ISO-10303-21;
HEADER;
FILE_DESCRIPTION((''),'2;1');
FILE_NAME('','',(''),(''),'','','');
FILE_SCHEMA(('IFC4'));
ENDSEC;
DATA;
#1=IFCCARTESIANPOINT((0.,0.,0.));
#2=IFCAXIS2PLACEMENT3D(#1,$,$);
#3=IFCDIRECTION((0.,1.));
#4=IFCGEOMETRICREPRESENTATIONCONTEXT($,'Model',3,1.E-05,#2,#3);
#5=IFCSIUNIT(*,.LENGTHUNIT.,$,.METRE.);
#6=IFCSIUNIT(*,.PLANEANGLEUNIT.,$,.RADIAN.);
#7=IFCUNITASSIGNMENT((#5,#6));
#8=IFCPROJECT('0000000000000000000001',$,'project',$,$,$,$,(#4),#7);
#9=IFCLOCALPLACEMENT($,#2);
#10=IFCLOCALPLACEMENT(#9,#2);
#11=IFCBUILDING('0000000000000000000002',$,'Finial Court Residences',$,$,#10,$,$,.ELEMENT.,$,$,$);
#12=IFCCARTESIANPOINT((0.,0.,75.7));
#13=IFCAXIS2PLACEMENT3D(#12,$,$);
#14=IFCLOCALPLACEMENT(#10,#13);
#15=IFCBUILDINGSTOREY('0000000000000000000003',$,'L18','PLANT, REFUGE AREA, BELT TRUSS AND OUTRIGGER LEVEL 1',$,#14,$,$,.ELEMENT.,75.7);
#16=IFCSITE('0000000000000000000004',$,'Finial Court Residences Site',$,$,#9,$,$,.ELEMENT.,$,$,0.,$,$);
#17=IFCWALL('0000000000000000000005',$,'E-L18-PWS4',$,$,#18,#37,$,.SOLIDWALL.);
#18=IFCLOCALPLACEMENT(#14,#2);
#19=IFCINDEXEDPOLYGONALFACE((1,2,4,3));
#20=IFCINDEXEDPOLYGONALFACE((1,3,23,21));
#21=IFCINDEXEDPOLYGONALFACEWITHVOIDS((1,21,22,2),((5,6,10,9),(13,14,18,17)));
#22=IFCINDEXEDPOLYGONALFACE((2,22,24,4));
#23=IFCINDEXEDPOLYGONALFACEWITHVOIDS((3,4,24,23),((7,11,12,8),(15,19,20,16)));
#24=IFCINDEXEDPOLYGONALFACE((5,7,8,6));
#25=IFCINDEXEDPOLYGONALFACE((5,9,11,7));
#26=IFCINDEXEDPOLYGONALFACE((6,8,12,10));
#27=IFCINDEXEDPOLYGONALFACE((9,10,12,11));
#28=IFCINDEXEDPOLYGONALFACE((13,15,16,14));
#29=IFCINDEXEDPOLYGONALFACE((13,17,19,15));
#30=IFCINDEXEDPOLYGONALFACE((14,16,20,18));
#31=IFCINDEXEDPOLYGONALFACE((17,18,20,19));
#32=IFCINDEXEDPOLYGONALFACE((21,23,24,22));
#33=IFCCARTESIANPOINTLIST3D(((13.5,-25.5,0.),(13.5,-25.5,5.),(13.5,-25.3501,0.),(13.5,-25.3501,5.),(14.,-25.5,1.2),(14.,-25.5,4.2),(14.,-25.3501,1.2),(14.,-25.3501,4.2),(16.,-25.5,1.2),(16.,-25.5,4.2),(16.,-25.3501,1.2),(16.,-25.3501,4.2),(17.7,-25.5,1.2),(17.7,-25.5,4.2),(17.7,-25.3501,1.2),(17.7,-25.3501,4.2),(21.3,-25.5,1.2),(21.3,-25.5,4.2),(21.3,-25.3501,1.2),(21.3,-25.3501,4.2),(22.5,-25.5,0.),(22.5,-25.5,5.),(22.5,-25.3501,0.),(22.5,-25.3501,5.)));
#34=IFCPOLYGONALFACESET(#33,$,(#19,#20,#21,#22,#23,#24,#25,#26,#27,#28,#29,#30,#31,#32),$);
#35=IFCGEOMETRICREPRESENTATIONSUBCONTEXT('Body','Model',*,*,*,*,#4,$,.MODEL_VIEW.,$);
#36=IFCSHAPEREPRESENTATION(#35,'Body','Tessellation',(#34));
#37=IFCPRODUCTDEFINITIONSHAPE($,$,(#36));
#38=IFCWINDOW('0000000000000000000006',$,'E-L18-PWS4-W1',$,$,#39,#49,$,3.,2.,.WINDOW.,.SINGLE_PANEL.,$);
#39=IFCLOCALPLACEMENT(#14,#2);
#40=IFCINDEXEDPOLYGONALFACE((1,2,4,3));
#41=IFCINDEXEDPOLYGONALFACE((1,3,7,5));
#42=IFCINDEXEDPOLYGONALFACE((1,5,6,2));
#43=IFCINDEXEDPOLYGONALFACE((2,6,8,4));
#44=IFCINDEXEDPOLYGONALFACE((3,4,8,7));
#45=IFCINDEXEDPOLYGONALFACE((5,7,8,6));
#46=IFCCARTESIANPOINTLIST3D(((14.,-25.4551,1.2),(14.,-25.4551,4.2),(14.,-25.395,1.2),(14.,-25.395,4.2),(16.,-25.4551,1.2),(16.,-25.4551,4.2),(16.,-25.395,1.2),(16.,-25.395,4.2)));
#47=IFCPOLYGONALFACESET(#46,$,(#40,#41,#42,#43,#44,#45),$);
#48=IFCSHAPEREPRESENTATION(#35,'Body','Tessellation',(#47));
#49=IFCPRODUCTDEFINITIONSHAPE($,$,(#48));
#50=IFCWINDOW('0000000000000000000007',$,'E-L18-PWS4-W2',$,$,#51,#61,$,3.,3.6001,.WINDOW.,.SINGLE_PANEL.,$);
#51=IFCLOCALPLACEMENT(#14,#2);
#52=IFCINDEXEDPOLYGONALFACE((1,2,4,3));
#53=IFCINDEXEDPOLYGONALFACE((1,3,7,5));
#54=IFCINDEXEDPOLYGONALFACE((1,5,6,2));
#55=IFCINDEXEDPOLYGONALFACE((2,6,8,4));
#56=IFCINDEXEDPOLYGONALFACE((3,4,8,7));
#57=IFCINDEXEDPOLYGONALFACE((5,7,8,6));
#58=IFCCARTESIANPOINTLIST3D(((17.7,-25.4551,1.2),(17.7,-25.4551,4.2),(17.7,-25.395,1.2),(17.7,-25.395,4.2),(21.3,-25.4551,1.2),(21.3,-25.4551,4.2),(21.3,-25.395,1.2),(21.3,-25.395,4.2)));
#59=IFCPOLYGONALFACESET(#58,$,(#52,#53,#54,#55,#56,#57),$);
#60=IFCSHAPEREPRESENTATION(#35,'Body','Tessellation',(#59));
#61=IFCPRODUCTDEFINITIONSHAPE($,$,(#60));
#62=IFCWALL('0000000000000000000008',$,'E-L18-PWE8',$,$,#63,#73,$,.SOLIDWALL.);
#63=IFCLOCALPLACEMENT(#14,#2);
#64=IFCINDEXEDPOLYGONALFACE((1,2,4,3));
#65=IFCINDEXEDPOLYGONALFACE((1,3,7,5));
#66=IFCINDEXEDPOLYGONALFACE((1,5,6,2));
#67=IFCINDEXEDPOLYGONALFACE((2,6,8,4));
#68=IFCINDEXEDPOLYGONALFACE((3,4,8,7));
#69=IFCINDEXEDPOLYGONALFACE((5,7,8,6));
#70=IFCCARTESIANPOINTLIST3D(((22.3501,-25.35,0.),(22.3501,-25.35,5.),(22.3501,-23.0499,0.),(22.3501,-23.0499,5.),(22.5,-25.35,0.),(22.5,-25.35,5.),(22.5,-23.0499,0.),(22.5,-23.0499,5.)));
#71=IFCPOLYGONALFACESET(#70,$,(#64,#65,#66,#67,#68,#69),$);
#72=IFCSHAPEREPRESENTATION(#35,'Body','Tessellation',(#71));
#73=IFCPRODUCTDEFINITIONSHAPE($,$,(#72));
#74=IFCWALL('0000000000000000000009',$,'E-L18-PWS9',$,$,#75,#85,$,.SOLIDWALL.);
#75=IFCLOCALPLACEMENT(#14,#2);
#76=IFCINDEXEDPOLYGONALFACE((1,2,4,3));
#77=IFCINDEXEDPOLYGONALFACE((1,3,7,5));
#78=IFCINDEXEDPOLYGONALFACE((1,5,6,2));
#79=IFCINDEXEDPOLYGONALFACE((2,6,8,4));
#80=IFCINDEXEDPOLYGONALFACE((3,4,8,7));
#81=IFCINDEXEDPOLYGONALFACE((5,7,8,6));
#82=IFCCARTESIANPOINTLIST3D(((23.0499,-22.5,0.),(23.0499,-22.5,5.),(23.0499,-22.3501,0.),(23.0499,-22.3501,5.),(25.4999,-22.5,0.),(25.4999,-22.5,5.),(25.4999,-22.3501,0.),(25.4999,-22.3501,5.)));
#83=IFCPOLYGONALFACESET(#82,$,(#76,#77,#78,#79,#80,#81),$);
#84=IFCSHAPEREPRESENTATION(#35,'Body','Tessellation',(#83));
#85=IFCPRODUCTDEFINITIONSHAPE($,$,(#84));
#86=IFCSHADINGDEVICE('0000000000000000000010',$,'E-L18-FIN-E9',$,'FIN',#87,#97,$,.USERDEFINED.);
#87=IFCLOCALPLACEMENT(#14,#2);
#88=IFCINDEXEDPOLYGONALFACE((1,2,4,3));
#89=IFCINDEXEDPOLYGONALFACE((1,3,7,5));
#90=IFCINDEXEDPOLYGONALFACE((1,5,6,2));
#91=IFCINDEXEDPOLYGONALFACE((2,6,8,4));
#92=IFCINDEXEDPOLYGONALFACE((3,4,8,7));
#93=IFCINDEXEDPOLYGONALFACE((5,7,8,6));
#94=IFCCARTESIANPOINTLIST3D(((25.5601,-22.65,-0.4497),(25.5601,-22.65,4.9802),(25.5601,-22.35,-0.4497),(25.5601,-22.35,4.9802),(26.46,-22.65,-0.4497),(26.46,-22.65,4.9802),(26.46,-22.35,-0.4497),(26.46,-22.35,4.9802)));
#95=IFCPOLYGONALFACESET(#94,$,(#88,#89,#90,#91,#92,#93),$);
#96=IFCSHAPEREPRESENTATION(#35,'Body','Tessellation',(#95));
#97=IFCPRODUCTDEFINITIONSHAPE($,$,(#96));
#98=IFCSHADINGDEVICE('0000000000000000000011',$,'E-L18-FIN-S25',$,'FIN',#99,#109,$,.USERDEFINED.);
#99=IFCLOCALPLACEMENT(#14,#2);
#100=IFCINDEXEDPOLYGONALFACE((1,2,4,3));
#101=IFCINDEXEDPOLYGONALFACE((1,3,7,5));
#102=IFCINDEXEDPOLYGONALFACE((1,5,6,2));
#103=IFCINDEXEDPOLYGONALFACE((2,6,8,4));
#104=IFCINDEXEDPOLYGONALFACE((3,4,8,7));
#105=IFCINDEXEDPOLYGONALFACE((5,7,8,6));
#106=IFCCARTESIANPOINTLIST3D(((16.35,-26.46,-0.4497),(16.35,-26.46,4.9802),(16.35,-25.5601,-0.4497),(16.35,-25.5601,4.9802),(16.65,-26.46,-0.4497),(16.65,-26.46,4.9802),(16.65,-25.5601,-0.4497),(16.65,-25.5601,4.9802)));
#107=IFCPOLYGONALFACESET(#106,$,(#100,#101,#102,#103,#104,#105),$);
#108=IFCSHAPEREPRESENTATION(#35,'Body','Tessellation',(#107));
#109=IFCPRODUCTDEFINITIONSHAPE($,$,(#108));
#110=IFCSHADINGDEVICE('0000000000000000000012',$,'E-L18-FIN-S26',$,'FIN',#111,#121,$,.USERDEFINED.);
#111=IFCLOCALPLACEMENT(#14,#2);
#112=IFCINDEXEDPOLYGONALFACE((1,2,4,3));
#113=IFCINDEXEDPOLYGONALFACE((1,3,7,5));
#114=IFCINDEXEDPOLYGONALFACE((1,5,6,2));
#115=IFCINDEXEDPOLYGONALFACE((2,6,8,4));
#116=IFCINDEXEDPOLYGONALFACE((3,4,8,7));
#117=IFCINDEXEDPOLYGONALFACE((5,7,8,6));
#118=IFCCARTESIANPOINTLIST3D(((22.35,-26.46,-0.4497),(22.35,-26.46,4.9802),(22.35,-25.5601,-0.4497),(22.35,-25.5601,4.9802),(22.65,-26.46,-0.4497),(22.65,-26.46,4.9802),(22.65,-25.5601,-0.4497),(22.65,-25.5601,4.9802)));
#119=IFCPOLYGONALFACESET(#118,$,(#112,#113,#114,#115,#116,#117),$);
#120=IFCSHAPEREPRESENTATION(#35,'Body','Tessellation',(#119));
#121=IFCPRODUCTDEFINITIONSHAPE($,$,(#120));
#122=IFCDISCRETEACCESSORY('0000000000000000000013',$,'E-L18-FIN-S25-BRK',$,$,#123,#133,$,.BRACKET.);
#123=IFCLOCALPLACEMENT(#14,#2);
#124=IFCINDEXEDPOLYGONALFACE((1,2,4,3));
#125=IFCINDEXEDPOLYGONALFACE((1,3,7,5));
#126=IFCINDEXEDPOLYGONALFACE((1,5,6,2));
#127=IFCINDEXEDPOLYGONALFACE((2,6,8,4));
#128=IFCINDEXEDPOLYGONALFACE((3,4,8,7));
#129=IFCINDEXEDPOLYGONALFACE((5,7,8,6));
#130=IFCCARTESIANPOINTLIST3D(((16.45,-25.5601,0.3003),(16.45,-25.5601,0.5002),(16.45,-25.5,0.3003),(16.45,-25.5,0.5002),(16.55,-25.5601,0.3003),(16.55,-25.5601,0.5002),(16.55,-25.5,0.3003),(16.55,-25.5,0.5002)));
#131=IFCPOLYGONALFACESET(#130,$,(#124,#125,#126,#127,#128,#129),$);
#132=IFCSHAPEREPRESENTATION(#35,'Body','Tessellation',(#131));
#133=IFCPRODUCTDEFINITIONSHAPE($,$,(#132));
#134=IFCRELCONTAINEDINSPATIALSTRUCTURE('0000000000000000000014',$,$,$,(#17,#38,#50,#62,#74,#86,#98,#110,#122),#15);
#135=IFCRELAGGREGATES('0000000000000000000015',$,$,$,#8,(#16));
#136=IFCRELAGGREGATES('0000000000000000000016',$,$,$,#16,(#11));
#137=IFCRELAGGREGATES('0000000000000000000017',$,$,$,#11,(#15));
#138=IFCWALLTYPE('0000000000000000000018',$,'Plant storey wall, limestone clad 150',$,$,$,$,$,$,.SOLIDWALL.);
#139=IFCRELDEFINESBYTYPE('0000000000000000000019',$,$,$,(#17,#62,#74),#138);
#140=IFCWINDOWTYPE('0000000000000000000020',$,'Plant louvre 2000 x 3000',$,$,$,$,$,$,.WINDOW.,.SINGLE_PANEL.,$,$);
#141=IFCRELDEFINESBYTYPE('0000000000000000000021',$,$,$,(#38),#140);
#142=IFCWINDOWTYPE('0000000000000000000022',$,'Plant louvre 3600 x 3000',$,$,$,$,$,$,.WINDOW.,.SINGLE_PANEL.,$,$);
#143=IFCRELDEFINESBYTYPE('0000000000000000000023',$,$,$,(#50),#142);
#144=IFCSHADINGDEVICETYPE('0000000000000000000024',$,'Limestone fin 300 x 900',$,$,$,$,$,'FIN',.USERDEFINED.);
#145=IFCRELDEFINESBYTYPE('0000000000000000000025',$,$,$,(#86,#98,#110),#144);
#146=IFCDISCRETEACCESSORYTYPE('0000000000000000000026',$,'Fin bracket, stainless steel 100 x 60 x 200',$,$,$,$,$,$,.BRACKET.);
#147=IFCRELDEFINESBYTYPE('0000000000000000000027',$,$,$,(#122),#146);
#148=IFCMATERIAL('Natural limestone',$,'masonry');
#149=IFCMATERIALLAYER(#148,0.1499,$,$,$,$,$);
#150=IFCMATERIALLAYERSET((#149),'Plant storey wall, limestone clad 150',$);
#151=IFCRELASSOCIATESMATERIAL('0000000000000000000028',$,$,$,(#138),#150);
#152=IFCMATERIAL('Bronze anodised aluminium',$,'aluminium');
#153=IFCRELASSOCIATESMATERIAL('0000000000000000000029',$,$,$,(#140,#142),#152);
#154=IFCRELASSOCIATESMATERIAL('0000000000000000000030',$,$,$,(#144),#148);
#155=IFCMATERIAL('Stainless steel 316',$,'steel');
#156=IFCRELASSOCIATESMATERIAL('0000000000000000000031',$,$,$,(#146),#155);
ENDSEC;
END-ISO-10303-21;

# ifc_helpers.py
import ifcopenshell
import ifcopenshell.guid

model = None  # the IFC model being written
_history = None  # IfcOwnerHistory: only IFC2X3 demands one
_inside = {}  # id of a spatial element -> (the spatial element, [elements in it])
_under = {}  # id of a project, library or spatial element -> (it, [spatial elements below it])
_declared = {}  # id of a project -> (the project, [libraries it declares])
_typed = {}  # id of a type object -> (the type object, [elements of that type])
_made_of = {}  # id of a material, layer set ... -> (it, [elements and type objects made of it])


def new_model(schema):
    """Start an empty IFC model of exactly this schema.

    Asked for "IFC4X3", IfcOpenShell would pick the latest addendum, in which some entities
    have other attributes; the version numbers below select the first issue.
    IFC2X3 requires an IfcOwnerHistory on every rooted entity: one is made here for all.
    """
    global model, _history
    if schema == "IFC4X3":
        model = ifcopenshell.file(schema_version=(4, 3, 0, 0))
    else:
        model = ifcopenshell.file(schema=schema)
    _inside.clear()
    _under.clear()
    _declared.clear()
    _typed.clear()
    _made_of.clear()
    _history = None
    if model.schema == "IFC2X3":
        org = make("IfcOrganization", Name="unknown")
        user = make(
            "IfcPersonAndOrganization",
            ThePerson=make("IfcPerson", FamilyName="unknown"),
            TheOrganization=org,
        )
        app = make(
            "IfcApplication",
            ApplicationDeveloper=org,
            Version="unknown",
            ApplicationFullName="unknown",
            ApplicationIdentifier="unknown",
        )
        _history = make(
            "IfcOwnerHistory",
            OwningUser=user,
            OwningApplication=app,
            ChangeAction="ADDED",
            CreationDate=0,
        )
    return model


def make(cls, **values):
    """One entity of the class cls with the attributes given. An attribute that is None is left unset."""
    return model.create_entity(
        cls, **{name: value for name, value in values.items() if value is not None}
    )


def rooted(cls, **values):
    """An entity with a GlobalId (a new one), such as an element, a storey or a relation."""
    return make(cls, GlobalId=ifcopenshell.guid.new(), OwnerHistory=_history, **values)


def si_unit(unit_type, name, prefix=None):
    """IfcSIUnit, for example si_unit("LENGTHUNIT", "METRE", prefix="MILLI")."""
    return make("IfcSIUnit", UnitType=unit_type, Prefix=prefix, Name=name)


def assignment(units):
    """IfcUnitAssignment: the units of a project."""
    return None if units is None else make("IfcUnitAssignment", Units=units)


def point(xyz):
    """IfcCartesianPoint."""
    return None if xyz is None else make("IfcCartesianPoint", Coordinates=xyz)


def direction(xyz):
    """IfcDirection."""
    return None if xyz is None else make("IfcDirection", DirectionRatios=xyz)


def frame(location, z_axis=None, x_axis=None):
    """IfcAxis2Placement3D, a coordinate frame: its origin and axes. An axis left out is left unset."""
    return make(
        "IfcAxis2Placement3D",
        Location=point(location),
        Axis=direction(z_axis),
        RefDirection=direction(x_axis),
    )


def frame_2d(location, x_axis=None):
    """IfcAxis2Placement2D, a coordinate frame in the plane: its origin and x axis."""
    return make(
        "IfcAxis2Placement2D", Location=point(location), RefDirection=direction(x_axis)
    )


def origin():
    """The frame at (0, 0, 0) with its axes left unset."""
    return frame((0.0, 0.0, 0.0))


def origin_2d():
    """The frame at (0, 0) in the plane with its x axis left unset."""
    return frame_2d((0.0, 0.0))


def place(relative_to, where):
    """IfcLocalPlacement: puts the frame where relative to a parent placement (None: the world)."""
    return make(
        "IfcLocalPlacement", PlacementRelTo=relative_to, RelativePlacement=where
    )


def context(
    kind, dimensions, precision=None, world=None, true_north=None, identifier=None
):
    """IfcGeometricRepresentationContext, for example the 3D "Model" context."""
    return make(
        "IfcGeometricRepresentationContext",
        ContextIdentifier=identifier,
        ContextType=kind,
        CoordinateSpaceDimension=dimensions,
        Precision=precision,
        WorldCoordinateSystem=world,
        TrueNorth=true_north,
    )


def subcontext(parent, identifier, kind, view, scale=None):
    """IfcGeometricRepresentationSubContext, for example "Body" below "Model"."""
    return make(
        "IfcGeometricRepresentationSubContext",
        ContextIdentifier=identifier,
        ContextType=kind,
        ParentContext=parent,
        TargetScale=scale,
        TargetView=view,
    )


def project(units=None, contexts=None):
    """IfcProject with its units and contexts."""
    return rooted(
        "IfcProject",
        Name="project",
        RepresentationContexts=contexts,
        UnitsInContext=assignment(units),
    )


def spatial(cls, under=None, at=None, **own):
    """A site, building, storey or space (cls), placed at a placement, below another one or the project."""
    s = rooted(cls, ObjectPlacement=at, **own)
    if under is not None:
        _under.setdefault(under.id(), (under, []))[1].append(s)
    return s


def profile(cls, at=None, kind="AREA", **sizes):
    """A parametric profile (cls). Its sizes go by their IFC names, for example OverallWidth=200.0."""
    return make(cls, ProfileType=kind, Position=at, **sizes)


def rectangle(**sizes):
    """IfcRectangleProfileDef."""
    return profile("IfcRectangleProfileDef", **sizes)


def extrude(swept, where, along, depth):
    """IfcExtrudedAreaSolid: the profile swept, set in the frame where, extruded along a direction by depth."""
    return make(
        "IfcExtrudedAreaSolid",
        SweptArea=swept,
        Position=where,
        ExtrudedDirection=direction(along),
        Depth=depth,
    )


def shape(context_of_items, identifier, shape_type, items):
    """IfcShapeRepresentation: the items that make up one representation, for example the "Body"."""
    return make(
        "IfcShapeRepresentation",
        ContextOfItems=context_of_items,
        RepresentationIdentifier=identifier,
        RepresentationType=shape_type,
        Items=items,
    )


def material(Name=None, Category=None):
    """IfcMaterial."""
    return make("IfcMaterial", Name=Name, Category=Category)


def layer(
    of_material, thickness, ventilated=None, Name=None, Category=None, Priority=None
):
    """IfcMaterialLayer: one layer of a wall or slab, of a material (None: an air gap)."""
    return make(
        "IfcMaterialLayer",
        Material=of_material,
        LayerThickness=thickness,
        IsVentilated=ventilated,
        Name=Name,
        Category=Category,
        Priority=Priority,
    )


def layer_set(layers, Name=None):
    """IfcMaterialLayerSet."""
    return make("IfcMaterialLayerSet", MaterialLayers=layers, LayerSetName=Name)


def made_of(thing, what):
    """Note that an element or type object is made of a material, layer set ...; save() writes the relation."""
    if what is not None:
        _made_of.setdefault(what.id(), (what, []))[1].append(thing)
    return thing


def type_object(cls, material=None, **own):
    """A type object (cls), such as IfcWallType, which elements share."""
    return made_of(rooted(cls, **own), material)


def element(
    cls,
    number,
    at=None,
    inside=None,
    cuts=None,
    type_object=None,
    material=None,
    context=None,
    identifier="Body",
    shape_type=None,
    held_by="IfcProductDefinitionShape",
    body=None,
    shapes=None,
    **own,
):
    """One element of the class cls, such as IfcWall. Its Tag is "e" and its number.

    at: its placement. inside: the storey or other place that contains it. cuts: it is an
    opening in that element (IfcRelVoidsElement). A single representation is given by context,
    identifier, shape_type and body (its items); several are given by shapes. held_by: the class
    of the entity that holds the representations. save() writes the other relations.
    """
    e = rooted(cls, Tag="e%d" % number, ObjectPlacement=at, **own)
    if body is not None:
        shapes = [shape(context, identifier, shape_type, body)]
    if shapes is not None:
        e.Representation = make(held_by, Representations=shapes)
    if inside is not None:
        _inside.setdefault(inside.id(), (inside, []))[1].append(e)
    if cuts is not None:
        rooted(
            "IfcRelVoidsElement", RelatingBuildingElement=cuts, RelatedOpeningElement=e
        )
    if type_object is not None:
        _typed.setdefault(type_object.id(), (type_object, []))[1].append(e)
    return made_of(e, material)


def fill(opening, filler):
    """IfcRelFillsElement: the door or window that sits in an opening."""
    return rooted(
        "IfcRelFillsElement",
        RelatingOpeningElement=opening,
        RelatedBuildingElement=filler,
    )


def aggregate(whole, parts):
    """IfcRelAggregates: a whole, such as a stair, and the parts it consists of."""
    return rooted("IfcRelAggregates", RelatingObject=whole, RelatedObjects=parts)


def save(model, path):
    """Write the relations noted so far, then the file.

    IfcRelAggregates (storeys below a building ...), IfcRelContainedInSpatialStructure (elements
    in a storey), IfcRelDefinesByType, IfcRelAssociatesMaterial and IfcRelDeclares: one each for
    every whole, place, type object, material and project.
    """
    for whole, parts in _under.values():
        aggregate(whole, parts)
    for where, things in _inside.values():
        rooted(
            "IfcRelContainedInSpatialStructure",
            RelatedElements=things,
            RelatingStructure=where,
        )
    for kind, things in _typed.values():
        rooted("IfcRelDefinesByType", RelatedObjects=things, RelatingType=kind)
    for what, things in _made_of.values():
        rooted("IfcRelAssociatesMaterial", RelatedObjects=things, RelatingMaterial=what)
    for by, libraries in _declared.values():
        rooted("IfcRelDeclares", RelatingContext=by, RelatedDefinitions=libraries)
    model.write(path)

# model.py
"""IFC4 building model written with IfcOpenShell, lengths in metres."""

from ifc_helpers import new_model, si_unit, direction, frame, frame_2d, origin, origin_2d, place, context, subcontext, project, spatial, rectangle, extrude, material, layer, layer_set, type_object, element, fill, save


model = new_model("IFC4")

# Units and contexts
model_context = context("Model", 3, precision=1e-05, world=origin(), true_north=direction((0.0, 1.0)))
body_context = subcontext(model_context, "Body", "Model", "MODEL_VIEW")
ifc_project = project(units=[si_unit("LENGTHUNIT", "METRE"), si_unit("PLANEANGLEUNIT", "RADIAN")], contexts=[model_context])

# Site, building, storey
site_placement = place(None, origin())
site = spatial("IfcSite", under=ifc_project, at=site_placement, Name="Finial Court Residences Site", CompositionType="ELEMENT", RefElevation=0.0)
building_placement = place(site_placement, origin())
building = spatial("IfcBuilding", under=site, at=building_placement, Name="Finial Court Residences", CompositionType="ELEMENT")
storey_placement = place(building_placement, frame((0.0, 0.0, 75.7)))
storey = spatial("IfcBuildingStorey", under=building, at=storey_placement, Name="L18", Description="PLANT, REFUGE AREA, BELT TRUSS AND OUTRIGGER LEVEL 1", CompositionType="ELEMENT", Elevation=75.7)

# Wall, openings, windows
ifc_material_1 = material(Name="Natural limestone", Category="masonry")
ifc_layer_1 = layer(ifc_material_1, 0.1499)
ifc_layer_set_1 = layer_set([ifc_layer_1], Name="Plant storey wall, limestone clad 150")
wall_type = type_object("IfcWallType", Name="Plant storey wall, limestone clad 150", PredefinedType="SOLIDWALL", material=ifc_layer_set_1)
wall_1_placement = place(storey_placement, frame((22.5, -25.425, 0.0), z_axis=(0.0, 0.0, 1.0), x_axis=(-1.0, 0.0, 0.0)))
wall_1 = element("IfcWall", 1, at=wall_1_placement, inside=storey, type_object=wall_type, Name="E-L18-PWS4", PredefinedType="SOLIDWALL", context=body_context, shape_type="SweptSolid", body=[
    extrude(rectangle(XDim=9.0, YDim=0.1499, at=frame_2d((4.5, 0.0))), origin(), (0.0, 0.0, 1.0), 5.0),
])
opening_1_placement = place(wall_1_placement, frame((6.5, 0.0, 1.2)))
opening_1 = element("IfcOpeningElement", 2, at=opening_1_placement, cuts=wall_1, PredefinedType="OPENING", context=body_context, shape_type="SweptSolid", body=[
    extrude(rectangle(XDim=2.0, YDim=3.0, at=frame_2d((1.0, 1.5))), frame((0.0, 0.085, 0.0), z_axis=(0.0, -1.0, 0.0), x_axis=(1.0, 0.0, 0.0)), (0.0, 0.0, 1.0), 0.1699),
])
opening_2_placement = place(wall_1_placement, frame((1.2, 0.0, 1.2)))
opening_2 = element("IfcOpeningElement", 3, at=opening_2_placement, cuts=wall_1, PredefinedType="OPENING", context=body_context, shape_type="SweptSolid", body=[
    extrude(rectangle(XDim=3.6001, YDim=3.0, at=frame_2d((1.8, 1.5))), frame((0.0, 0.085, 0.0), z_axis=(0.0, -1.0, 0.0), x_axis=(1.0, 0.0, 0.0)), (0.0, 0.0, 1.0), 0.1699),
])
ifc_material_2 = material(Name="Bronze anodised aluminium", Category="aluminium")
window_type_1 = type_object("IfcWindowType", Name="Plant louvre 2000 x 3000", PartitioningType="SINGLE_PANEL", PredefinedType="WINDOW", material=ifc_material_2)
window_1_placement = place(opening_1_placement, origin())
window_1 = element("IfcWindow", 4, at=window_1_placement, inside=storey, type_object=window_type_1, Name="E-L18-PWS4-W1", OverallHeight=3.0, OverallWidth=2.0, PartitioningType="SINGLE_PANEL", PredefinedType="WINDOW", context=body_context, shape_type="SweptSolid", body=[
    extrude(rectangle(XDim=2.0, YDim=3.0, at=frame_2d((1.0, 1.5))), frame((0.0, 0.03, 0.0), z_axis=(0.0, -1.0, 0.0), x_axis=(1.0, 0.0, 0.0)), (0.0, 0.0, 1.0), 0.0601),
])
fill(opening_1, window_1)
window_type_2 = type_object("IfcWindowType", Name="Plant louvre 3600 x 3000", PartitioningType="SINGLE_PANEL", PredefinedType="WINDOW", material=ifc_material_2)
window_2_placement = place(opening_2_placement, origin())
window_2 = element("IfcWindow", 5, at=window_2_placement, inside=storey, type_object=window_type_2, Name="E-L18-PWS4-W2", OverallHeight=3.0, OverallWidth=3.6001, PartitioningType="SINGLE_PANEL", PredefinedType="WINDOW", context=body_context, shape_type="SweptSolid", body=[
    extrude(rectangle(XDim=3.6001, YDim=3.0, at=frame_2d((1.8, 1.5))), frame((0.0, 0.03, 0.0), z_axis=(0.0, -1.0, 0.0), x_axis=(1.0, 0.0, 0.0)), (0.0, 0.0, 1.0), 0.0601),
])
fill(opening_2, window_2)

# Walls
wall_2_placement = place(storey_placement, frame((22.425, -23.05, 0.0), z_axis=(0.0, 0.0, 1.0), x_axis=(0.0, -1.0, 0.0)))
element("IfcWall", 6, at=wall_2_placement, inside=storey, type_object=wall_type, Name="E-L18-PWE8", PredefinedType="SOLIDWALL", context=body_context, shape_type="SweptSolid", body=[
    extrude(rectangle(XDim=2.3, YDim=0.1499, at=frame_2d((1.1499, 0.0))), origin(), (0.0, 0.0, 1.0), 5.0),
])
wall_3_placement = place(storey_placement, frame((25.5, -22.425, 0.0), z_axis=(0.0, 0.0, 1.0), x_axis=(-1.0, 0.0, 0.0)))
element("IfcWall", 7, at=wall_3_placement, inside=storey, type_object=wall_type, Name="E-L18-PWS9", PredefinedType="SOLIDWALL", context=body_context, shape_type="SweptSolid", body=[
    extrude(rectangle(XDim=2.45, YDim=0.1499, at=frame_2d((1.2251, 0.0))), origin(), (0.0, 0.0, 1.0), 5.0),
])

# Shading devices
shading_device_type = type_object("IfcShadingDeviceType", Name="Limestone fin 300 x 900", ElementType="FIN", PredefinedType="USERDEFINED", material=ifc_material_1)
shading_device_placement = place(storey_placement, frame((26.01, -22.5, -0.4497), z_axis=(0.0, 0.0, 1.0), x_axis=(1.0, 0.0, 0.0)))
element("IfcShadingDevice", 8, at=shading_device_placement, inside=storey, type_object=shading_device_type, Name="E-L18-FIN-E9", ObjectType="FIN", PredefinedType="USERDEFINED", context=body_context, shape_type="SweptSolid", body=[
    extrude(rectangle(XDim=0.8999, YDim=0.3, at=origin_2d()), origin(), (0.0, 0.0, 1.0), 5.4299),
])
for number, where, z_axis, x_axis, name in (
    (9, (16.5, -26.01, -0.4497), (0.0, 0.0, 1.0), (1.0, 0.0, 0.0), "E-L18-FIN-S25"),
    (10, (22.5, -26.01, -0.4497), (0.0, 0.0, 1.0), (1.0, 0.0, 0.0), "E-L18-FIN-S26"),
):
    element("IfcShadingDevice", number, at=place(storey_placement, frame(where, z_axis=z_axis, x_axis=x_axis)), inside=storey, type_object=shading_device_type, Name=name, ObjectType="FIN", PredefinedType="USERDEFINED", context=body_context, shape_type="SweptSolid", body=[
        extrude(rectangle(XDim=0.3, YDim=0.8999, at=origin_2d()), origin(), (0.0, 0.0, 1.0), 5.4299),
    ])

# Discrete accessory
ifc_material_3 = material(Name="Stainless steel 316", Category="steel")
discrete_accessory_type = type_object("IfcDiscreteAccessoryType", Name="Fin bracket, stainless steel 100 x 60 x 200", PredefinedType="BRACKET", material=ifc_material_3)
discrete_accessory_placement = place(storey_placement, frame((16.5, -25.53, 0.3003), z_axis=(0.0, 0.0, 1.0), x_axis=(1.0, 0.0, 0.0)))
element("IfcDiscreteAccessory", 11, at=discrete_accessory_placement, inside=storey, type_object=discrete_accessory_type, Name="E-L18-FIN-S25-BRK", PredefinedType="BRACKET", context=body_context, shape_type="SweptSolid", body=[
    extrude(rectangle(XDim=0.1001, YDim=0.0601, at=origin_2d()), origin(), (0.0, 0.0, 1.0), 0.2),
])

save(model, "model.ifc")
